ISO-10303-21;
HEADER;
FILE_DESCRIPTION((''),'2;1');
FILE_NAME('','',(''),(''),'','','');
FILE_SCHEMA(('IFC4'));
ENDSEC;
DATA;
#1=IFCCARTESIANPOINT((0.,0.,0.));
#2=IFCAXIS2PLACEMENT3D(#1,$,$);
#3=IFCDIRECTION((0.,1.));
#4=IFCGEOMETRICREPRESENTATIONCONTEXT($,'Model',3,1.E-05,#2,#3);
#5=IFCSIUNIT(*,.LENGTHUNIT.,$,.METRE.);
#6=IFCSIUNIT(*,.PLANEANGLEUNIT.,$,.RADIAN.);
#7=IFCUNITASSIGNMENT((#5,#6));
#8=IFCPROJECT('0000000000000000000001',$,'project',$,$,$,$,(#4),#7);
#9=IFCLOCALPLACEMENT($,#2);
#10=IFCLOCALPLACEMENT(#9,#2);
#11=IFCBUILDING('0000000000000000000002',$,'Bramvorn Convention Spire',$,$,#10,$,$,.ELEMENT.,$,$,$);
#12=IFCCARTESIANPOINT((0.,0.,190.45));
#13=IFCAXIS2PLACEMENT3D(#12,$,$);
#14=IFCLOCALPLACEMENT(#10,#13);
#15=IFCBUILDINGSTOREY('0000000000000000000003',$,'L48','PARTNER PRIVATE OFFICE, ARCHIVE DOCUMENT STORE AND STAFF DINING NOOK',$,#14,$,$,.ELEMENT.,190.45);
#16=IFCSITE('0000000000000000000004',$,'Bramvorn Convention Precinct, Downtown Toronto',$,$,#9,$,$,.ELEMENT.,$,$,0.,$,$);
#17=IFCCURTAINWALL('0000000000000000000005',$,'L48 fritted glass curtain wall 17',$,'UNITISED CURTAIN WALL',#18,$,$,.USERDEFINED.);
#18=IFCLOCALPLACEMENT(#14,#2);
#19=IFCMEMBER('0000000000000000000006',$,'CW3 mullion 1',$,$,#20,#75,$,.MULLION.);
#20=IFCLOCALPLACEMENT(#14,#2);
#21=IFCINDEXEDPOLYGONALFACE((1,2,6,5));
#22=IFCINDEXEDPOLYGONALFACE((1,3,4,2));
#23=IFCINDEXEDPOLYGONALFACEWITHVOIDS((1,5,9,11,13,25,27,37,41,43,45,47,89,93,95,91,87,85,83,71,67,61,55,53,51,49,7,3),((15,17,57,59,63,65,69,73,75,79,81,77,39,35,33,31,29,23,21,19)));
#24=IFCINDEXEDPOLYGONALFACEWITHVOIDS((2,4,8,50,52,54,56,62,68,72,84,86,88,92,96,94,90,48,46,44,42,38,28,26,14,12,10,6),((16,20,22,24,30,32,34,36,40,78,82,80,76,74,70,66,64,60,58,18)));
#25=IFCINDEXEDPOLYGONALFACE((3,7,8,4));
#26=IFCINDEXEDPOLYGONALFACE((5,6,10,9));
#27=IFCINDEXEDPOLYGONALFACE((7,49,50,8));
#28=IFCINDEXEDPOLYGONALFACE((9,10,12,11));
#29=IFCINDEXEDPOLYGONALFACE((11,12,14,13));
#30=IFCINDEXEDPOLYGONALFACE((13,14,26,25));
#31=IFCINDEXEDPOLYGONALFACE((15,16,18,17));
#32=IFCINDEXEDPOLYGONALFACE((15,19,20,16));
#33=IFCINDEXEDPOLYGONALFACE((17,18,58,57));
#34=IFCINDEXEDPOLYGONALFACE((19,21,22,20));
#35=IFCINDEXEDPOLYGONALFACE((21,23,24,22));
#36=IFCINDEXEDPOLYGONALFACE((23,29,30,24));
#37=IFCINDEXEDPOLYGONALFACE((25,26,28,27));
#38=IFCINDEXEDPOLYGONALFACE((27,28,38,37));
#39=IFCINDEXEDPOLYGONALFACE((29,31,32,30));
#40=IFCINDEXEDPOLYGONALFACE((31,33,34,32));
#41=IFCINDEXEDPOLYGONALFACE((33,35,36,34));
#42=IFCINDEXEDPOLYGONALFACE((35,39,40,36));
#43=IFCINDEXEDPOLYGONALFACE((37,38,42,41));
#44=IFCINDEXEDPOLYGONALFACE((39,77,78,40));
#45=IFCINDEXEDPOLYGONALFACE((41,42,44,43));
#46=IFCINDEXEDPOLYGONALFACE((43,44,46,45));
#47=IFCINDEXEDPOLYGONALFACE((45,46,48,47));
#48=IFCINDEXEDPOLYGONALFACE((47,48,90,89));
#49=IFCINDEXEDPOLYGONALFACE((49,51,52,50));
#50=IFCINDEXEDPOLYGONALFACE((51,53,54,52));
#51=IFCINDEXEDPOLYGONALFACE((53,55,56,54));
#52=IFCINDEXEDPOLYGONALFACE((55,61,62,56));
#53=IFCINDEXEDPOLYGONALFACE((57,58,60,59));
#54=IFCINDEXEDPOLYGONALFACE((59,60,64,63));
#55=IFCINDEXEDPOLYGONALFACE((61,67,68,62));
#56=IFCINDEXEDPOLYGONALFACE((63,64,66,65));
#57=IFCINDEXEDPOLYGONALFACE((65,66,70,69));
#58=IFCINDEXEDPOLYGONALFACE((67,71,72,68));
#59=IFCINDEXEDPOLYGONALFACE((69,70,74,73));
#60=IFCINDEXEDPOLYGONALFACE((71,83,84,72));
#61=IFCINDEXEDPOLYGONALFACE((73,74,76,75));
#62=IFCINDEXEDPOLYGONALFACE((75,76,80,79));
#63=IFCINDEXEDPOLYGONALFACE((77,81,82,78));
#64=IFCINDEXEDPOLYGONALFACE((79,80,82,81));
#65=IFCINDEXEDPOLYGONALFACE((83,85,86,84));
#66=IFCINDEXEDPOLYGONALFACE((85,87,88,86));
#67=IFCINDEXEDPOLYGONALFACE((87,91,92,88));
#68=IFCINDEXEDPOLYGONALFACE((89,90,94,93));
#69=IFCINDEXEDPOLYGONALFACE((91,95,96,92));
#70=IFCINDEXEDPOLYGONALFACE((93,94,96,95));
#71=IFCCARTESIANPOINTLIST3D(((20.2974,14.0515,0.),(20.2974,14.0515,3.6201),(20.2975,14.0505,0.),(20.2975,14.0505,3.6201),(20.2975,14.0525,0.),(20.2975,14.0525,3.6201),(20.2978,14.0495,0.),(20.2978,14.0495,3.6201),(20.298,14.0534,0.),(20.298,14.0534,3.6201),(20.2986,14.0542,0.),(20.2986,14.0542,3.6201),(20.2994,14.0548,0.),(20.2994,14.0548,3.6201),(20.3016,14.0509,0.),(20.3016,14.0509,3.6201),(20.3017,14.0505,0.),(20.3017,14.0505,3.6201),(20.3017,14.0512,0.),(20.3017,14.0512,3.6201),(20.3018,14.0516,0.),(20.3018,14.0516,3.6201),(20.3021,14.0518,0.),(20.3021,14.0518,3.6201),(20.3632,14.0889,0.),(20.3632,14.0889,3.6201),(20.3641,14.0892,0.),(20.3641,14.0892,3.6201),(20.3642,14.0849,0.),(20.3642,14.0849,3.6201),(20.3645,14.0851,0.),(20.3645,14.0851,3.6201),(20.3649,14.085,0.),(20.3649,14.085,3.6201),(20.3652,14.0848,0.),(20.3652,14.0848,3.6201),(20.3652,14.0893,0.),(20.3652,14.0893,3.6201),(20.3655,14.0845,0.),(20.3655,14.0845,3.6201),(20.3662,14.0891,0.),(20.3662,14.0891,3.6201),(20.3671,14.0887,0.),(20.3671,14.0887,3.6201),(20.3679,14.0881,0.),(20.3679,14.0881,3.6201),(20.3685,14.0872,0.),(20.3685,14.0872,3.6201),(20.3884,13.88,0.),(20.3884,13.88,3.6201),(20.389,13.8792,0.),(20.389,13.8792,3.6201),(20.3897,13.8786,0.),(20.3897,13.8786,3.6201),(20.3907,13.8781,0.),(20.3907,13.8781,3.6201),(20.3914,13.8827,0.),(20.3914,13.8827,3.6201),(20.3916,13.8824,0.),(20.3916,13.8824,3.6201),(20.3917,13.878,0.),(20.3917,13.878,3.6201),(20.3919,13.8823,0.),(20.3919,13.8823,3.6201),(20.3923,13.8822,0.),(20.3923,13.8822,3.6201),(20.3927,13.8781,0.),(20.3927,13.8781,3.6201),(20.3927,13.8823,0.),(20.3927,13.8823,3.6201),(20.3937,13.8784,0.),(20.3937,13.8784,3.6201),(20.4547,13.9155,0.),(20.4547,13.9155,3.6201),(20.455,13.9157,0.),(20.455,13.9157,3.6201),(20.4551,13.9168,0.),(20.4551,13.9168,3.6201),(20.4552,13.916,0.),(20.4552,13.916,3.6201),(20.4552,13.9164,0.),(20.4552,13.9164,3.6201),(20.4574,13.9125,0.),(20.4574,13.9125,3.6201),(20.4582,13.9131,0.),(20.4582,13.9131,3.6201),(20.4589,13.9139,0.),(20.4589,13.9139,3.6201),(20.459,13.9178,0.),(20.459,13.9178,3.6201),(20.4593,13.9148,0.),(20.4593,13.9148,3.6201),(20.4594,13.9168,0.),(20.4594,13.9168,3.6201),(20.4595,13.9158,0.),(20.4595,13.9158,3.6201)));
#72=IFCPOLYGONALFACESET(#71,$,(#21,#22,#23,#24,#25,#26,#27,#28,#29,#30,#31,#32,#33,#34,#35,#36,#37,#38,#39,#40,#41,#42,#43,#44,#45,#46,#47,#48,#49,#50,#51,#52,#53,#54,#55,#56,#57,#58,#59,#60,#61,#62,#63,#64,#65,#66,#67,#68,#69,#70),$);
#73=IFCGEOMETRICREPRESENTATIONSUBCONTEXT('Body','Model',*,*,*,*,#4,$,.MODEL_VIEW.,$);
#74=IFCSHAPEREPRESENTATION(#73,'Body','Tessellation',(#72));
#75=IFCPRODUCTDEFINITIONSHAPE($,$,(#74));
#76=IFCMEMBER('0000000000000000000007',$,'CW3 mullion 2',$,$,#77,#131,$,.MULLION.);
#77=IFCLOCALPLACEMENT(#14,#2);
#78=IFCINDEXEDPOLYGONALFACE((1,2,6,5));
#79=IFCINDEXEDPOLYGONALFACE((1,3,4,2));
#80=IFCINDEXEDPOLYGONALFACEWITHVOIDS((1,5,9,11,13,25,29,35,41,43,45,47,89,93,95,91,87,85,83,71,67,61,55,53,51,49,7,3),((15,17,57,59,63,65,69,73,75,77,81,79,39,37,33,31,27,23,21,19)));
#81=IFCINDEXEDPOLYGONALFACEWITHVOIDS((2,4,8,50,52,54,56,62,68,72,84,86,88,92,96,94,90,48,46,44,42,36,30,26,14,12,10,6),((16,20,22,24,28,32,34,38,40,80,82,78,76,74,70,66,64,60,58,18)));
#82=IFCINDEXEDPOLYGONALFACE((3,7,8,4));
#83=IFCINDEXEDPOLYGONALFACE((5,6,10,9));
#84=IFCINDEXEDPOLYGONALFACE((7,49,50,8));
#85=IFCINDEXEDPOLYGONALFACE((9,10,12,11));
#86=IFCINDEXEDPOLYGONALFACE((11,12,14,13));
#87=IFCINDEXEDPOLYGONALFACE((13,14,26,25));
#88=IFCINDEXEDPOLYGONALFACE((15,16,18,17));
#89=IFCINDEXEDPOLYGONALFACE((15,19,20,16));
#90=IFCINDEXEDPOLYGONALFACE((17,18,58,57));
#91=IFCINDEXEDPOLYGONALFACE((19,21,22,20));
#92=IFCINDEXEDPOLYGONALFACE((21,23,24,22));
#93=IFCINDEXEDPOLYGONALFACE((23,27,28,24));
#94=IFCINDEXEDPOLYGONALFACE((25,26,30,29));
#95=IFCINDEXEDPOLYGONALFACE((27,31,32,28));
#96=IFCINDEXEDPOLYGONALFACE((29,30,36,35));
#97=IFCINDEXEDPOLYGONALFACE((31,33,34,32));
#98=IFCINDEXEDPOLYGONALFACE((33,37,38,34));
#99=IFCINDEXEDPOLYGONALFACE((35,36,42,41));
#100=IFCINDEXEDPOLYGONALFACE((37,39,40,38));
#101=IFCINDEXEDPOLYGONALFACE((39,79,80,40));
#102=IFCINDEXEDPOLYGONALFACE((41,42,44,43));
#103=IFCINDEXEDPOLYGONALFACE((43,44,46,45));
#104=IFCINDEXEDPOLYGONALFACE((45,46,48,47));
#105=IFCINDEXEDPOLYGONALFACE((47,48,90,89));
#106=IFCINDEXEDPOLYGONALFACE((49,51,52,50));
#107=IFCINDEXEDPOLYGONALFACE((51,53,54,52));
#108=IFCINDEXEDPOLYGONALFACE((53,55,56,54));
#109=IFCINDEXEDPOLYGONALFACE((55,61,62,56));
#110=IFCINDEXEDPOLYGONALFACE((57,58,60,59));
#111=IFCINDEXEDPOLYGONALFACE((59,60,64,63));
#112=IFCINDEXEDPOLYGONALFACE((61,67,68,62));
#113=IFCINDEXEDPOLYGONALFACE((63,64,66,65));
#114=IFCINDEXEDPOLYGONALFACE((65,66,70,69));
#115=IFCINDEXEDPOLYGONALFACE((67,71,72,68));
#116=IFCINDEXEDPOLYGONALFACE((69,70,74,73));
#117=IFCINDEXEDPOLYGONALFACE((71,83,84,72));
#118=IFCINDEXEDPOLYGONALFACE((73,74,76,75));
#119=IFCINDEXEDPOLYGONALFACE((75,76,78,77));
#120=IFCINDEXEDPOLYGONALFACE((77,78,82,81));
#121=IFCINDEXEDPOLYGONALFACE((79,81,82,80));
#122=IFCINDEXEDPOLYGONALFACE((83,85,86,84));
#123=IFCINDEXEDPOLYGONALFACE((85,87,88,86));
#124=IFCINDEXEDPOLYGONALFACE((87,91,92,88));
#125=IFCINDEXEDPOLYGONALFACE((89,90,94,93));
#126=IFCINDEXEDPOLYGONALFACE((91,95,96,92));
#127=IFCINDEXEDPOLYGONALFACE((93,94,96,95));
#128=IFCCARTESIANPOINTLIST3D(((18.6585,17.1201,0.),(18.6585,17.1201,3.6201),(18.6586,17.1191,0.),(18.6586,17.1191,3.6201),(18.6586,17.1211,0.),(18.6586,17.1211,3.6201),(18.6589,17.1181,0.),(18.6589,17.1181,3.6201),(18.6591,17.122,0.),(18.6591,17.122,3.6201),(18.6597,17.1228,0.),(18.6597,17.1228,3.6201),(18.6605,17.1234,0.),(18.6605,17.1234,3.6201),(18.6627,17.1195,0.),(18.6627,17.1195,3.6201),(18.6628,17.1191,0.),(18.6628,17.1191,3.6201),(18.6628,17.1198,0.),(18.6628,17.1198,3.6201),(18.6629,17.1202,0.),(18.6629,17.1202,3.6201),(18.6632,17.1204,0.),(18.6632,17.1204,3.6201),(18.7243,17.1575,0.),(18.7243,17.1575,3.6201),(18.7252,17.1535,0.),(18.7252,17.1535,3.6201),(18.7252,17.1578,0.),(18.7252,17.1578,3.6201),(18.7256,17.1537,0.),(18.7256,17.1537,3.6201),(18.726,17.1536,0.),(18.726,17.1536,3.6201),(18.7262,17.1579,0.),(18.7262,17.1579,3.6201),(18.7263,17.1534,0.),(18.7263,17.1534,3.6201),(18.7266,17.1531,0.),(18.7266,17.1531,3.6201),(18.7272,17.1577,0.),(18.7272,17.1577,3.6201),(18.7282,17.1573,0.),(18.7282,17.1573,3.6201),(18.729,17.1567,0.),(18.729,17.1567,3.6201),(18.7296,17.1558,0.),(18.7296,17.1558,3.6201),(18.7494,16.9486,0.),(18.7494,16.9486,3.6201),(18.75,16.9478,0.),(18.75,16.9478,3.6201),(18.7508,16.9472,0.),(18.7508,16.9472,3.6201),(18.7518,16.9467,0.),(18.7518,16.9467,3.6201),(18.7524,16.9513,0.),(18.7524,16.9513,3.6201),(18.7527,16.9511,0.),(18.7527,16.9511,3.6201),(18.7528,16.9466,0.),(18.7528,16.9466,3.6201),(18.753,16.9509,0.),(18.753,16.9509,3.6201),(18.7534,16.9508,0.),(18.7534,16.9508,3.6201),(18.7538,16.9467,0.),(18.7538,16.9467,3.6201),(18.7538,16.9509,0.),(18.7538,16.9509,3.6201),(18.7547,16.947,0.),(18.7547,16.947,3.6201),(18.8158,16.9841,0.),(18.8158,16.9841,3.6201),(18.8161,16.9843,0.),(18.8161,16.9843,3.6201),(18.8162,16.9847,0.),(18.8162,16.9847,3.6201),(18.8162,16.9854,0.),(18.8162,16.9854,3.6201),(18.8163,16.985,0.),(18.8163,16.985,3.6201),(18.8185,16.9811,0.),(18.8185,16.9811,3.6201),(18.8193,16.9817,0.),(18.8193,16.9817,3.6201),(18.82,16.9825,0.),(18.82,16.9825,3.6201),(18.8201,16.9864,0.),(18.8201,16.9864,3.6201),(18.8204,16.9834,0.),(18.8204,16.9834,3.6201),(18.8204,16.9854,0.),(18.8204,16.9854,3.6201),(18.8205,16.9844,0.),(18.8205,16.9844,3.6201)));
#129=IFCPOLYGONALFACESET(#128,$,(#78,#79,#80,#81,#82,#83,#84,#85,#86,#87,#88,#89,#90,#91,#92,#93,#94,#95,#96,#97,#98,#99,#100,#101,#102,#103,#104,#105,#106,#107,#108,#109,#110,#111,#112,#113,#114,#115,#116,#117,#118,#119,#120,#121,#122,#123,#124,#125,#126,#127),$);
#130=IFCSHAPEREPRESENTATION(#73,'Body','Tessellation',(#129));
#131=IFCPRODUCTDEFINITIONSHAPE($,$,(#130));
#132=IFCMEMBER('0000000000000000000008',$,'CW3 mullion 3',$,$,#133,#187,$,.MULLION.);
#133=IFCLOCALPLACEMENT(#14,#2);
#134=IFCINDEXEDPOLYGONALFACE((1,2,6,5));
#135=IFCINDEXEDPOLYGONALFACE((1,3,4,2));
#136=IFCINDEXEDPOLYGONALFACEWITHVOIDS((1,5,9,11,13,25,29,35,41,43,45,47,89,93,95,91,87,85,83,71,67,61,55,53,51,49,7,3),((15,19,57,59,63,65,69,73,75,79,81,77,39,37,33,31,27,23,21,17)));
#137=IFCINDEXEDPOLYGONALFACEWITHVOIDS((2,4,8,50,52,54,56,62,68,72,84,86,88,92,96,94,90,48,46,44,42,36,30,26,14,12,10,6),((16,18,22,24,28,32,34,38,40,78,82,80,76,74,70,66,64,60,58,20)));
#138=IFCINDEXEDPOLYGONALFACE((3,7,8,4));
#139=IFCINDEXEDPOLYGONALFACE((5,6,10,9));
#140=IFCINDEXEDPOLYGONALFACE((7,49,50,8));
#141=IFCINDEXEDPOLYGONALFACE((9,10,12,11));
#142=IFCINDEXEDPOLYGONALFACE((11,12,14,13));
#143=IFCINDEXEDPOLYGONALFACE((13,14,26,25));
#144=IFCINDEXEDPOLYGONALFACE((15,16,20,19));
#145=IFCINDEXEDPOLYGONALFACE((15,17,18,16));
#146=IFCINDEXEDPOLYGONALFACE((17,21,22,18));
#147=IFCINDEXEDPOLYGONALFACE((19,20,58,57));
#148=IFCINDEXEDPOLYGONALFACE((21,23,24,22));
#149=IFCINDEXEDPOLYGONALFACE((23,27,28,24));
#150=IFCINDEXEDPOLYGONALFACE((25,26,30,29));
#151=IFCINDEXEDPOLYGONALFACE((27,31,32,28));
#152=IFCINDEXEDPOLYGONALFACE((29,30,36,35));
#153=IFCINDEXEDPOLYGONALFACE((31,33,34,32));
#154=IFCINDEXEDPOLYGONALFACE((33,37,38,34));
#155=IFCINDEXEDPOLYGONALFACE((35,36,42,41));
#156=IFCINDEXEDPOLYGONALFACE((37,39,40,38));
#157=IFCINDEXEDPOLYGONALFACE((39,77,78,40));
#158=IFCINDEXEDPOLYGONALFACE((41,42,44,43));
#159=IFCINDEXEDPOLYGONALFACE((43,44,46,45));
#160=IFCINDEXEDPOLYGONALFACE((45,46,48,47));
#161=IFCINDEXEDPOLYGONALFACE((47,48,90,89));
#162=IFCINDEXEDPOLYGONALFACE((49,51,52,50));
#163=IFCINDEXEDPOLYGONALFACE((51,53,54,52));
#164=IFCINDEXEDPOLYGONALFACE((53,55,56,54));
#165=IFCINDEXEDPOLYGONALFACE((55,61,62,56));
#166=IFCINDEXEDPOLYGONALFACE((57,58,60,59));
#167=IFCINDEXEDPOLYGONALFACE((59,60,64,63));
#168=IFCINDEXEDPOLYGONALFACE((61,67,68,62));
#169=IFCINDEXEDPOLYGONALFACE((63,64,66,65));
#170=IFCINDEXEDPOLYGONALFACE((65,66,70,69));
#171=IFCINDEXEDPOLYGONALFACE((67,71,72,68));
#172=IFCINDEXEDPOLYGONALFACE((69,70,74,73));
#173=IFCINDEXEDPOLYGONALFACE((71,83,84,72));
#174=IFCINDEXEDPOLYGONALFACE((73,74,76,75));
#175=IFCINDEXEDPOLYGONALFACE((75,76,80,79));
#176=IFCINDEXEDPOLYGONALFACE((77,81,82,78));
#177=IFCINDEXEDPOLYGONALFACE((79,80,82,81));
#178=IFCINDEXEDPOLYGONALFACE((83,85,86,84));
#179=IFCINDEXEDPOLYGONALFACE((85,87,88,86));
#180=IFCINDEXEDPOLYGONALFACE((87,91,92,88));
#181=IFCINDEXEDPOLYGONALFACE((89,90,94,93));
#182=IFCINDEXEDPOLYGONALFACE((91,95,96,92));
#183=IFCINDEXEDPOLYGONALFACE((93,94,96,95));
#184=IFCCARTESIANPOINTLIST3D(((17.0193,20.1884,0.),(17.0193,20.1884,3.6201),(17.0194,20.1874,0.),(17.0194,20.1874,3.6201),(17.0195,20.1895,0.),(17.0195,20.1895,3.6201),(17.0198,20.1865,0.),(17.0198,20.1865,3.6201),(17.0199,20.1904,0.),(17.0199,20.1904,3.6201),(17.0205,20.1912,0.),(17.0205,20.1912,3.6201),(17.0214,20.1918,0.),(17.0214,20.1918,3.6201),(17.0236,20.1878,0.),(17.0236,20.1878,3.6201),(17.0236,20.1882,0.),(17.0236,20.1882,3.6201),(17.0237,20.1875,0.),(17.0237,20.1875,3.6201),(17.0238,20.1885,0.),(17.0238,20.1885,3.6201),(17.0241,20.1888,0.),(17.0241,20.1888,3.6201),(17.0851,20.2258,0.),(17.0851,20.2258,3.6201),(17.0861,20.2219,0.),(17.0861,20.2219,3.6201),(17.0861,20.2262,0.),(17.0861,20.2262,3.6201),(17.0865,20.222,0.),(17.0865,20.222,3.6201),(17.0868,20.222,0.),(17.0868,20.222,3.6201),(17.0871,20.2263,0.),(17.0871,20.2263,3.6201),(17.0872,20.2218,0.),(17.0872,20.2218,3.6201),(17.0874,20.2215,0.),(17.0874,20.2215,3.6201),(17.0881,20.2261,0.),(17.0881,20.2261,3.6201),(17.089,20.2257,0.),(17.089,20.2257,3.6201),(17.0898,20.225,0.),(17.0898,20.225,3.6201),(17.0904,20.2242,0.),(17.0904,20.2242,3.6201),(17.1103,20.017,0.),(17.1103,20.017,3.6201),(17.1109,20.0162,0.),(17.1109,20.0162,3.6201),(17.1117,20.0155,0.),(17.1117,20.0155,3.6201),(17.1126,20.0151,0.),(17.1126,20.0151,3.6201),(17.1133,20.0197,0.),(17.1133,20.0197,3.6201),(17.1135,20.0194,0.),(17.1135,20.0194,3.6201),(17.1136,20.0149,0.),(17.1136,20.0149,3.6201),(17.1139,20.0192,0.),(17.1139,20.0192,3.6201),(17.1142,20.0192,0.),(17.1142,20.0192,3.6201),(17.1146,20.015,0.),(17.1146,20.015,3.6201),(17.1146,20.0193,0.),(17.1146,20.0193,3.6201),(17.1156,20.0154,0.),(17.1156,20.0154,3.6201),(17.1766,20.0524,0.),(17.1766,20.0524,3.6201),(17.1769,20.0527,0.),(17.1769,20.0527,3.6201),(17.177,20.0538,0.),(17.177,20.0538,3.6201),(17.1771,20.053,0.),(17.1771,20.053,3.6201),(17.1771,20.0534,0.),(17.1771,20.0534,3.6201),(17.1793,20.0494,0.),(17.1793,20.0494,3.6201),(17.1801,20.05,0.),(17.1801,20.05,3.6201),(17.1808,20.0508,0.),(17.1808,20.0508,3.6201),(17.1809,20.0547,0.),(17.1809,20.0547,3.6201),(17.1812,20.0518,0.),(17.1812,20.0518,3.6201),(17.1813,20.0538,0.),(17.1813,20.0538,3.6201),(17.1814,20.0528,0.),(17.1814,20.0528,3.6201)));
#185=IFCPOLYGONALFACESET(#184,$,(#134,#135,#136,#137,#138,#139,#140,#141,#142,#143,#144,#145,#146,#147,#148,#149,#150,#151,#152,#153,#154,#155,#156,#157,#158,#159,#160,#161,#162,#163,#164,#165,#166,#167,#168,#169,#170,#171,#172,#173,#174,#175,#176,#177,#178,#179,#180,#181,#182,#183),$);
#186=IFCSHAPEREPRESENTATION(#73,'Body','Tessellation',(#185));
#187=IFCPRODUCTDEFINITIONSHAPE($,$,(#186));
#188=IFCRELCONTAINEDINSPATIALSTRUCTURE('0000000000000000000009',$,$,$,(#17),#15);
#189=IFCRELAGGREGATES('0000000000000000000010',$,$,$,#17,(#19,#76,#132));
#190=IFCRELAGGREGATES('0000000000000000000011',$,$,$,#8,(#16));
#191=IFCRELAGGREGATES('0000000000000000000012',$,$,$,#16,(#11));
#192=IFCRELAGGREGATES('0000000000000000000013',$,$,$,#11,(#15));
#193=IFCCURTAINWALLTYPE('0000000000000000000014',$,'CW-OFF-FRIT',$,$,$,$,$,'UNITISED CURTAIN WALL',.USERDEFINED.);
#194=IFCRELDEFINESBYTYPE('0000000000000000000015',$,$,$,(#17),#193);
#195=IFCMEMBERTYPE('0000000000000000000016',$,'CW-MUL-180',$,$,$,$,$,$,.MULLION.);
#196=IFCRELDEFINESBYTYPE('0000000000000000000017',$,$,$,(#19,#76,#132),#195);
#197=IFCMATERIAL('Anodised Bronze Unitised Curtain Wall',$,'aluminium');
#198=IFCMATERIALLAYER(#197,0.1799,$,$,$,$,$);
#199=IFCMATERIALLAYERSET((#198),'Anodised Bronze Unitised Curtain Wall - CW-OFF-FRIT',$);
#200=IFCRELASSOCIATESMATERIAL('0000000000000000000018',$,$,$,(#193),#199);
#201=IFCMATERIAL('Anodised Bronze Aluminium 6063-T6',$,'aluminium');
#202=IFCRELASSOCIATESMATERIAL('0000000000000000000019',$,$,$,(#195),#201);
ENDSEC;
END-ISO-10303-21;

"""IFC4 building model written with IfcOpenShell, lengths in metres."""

from ifc_helpers import new_model, si_unit, direction, frame, origin, origin_2d, place, context, subcontext, project, spatial, hollow_rectangle, extrude, material, layer, layer_set, material_profile, profile_set, type_object, element, aggregate, save


model = new_model("IFC4")

# Units and contexts
model_context = context("Model", 3, precision=1e-05, world=origin(), true_north=direction((0.0, 1.0)))
body_context = subcontext(model_context, "Body", "Model", "MODEL_VIEW")
ifc_project = project(units=[si_unit("LENGTHUNIT", "METRE"), si_unit("PLANEANGLEUNIT", "RADIAN")], contexts=[model_context])

# Site, building, storey
site_placement = place(None, origin())
site = spatial("IfcSite", under=ifc_project, at=site_placement, Name="Bramvorn Convention Precinct, Downtown Toronto", CompositionType="ELEMENT", RefElevation=0.0)
building_placement = place(site_placement, origin())
building = spatial("IfcBuilding", under=site, at=building_placement, Name="Bramvorn Convention Spire", CompositionType="ELEMENT")
storey_placement = place(building_placement, frame((0.0, 0.0, 190.45)))
storey = spatial("IfcBuildingStorey", under=building, at=storey_placement, Name="L48", Description="PARTNER PRIVATE OFFICE, ARCHIVE DOCUMENT STORE AND STAFF DINING NOOK", CompositionType="ELEMENT", Elevation=190.45)

# Curtain wall, members
ifc_material_1 = material(Name="Anodised Bronze Unitised Curtain Wall", Category="aluminium")
ifc_layer_1 = layer(ifc_material_1, 0.1799)
ifc_layer_set_1 = layer_set([ifc_layer_1], Name="Anodised Bronze Unitised Curtain Wall - CW-OFF-FRIT")
curtain_wall_type = type_object("IfcCurtainWallType", Name="CW-OFF-FRIT", ElementType="UNITISED CURTAIN WALL", PredefinedType="USERDEFINED", material=ifc_layer_set_1)
curtain_wall_placement = place(storey_placement, origin())
curtain_wall = element("IfcCurtainWall", 1, at=curtain_wall_placement, inside=storey, type_object=curtain_wall_type, Name="L48 fritted glass curtain wall 17", ObjectType="UNITISED CURTAIN WALL", PredefinedType="USERDEFINED")
ifc_material_2 = material(Name="Anodised Bronze Aluminium 6063-T6", Category="aluminium")
ifc_material_profile_1 = material_profile(ifc_material_2, hollow_rectangle(XDim=0.0801, YDim=0.2, WallThickness=0.0039, InnerFilletRadius=0.001, OuterFilletRadius=0.0039, at=origin_2d()))
ifc_profile_set_1 = profile_set([ifc_material_profile_1], Name="Anodised Bronze Aluminium 6063-T6 - CWM80X200")
member_type_1 = type_object("IfcMemberType", Name="CW-MUL-180", PredefinedType="MULLION", material=ifc_profile_set_1)
member_1_placement = place(storey_placement, frame((20.3784, 13.9836, 0.0), z_axis=(0.0, 0.0, 1.0), x_axis=(-0.882047, -0.471162, 0.0)))
member_1 = element("IfcMember", 2, at=member_1_placement, type_object=member_type_1, Name="CW3 mullion 1", PredefinedType="MULLION", context=body_context, shape_type="SweptSolid", body=[
    extrude(hollow_rectangle(XDim=0.0801, YDim=0.2, WallThickness=0.0039, InnerFilletRadius=0.001, OuterFilletRadius=0.0039, at=origin_2d()), origin(), (0.0, 0.0, 1.0), 3.6201),
])
member_2_placement = place(storey_placement, frame((18.7395, 17.0522, 0.0), z_axis=(0.0, 0.0, 1.0), x_axis=(-0.882047, -0.471162, 0.0)))
member_2 = element("IfcMember", 3, at=member_2_placement, type_object=member_type_1, Name="CW3 mullion 2", PredefinedType="MULLION", context=body_context, shape_type="SweptSolid", body=[
    extrude(hollow_rectangle(XDim=0.0801, YDim=0.2, WallThickness=0.0039, InnerFilletRadius=0.001, OuterFilletRadius=0.0039, at=origin_2d()), origin(), (0.0, 0.0, 1.0), 3.6201),
])
member_3_placement = place(storey_placement, frame((17.1003, 20.1206, 0.0), z_axis=(0.0, 0.0, 1.0), x_axis=(-0.882047, -0.471162, 0.0)))
member_3 = element("IfcMember", 4, at=member_3_placement, type_object=member_type_1, Name="CW3 mullion 3", PredefinedType="MULLION", context=body_context, shape_type="SweptSolid", body=[
    extrude(hollow_rectangle(XDim=0.0801, YDim=0.2, WallThickness=0.0039, InnerFilletRadius=0.001, OuterFilletRadius=0.0039, at=origin_2d()), origin(), (0.0, 0.0, 1.0), 3.6201),
])

aggregate(curtain_wall, [member_1, member_2, member_3])

save(model, "model.ifc")
